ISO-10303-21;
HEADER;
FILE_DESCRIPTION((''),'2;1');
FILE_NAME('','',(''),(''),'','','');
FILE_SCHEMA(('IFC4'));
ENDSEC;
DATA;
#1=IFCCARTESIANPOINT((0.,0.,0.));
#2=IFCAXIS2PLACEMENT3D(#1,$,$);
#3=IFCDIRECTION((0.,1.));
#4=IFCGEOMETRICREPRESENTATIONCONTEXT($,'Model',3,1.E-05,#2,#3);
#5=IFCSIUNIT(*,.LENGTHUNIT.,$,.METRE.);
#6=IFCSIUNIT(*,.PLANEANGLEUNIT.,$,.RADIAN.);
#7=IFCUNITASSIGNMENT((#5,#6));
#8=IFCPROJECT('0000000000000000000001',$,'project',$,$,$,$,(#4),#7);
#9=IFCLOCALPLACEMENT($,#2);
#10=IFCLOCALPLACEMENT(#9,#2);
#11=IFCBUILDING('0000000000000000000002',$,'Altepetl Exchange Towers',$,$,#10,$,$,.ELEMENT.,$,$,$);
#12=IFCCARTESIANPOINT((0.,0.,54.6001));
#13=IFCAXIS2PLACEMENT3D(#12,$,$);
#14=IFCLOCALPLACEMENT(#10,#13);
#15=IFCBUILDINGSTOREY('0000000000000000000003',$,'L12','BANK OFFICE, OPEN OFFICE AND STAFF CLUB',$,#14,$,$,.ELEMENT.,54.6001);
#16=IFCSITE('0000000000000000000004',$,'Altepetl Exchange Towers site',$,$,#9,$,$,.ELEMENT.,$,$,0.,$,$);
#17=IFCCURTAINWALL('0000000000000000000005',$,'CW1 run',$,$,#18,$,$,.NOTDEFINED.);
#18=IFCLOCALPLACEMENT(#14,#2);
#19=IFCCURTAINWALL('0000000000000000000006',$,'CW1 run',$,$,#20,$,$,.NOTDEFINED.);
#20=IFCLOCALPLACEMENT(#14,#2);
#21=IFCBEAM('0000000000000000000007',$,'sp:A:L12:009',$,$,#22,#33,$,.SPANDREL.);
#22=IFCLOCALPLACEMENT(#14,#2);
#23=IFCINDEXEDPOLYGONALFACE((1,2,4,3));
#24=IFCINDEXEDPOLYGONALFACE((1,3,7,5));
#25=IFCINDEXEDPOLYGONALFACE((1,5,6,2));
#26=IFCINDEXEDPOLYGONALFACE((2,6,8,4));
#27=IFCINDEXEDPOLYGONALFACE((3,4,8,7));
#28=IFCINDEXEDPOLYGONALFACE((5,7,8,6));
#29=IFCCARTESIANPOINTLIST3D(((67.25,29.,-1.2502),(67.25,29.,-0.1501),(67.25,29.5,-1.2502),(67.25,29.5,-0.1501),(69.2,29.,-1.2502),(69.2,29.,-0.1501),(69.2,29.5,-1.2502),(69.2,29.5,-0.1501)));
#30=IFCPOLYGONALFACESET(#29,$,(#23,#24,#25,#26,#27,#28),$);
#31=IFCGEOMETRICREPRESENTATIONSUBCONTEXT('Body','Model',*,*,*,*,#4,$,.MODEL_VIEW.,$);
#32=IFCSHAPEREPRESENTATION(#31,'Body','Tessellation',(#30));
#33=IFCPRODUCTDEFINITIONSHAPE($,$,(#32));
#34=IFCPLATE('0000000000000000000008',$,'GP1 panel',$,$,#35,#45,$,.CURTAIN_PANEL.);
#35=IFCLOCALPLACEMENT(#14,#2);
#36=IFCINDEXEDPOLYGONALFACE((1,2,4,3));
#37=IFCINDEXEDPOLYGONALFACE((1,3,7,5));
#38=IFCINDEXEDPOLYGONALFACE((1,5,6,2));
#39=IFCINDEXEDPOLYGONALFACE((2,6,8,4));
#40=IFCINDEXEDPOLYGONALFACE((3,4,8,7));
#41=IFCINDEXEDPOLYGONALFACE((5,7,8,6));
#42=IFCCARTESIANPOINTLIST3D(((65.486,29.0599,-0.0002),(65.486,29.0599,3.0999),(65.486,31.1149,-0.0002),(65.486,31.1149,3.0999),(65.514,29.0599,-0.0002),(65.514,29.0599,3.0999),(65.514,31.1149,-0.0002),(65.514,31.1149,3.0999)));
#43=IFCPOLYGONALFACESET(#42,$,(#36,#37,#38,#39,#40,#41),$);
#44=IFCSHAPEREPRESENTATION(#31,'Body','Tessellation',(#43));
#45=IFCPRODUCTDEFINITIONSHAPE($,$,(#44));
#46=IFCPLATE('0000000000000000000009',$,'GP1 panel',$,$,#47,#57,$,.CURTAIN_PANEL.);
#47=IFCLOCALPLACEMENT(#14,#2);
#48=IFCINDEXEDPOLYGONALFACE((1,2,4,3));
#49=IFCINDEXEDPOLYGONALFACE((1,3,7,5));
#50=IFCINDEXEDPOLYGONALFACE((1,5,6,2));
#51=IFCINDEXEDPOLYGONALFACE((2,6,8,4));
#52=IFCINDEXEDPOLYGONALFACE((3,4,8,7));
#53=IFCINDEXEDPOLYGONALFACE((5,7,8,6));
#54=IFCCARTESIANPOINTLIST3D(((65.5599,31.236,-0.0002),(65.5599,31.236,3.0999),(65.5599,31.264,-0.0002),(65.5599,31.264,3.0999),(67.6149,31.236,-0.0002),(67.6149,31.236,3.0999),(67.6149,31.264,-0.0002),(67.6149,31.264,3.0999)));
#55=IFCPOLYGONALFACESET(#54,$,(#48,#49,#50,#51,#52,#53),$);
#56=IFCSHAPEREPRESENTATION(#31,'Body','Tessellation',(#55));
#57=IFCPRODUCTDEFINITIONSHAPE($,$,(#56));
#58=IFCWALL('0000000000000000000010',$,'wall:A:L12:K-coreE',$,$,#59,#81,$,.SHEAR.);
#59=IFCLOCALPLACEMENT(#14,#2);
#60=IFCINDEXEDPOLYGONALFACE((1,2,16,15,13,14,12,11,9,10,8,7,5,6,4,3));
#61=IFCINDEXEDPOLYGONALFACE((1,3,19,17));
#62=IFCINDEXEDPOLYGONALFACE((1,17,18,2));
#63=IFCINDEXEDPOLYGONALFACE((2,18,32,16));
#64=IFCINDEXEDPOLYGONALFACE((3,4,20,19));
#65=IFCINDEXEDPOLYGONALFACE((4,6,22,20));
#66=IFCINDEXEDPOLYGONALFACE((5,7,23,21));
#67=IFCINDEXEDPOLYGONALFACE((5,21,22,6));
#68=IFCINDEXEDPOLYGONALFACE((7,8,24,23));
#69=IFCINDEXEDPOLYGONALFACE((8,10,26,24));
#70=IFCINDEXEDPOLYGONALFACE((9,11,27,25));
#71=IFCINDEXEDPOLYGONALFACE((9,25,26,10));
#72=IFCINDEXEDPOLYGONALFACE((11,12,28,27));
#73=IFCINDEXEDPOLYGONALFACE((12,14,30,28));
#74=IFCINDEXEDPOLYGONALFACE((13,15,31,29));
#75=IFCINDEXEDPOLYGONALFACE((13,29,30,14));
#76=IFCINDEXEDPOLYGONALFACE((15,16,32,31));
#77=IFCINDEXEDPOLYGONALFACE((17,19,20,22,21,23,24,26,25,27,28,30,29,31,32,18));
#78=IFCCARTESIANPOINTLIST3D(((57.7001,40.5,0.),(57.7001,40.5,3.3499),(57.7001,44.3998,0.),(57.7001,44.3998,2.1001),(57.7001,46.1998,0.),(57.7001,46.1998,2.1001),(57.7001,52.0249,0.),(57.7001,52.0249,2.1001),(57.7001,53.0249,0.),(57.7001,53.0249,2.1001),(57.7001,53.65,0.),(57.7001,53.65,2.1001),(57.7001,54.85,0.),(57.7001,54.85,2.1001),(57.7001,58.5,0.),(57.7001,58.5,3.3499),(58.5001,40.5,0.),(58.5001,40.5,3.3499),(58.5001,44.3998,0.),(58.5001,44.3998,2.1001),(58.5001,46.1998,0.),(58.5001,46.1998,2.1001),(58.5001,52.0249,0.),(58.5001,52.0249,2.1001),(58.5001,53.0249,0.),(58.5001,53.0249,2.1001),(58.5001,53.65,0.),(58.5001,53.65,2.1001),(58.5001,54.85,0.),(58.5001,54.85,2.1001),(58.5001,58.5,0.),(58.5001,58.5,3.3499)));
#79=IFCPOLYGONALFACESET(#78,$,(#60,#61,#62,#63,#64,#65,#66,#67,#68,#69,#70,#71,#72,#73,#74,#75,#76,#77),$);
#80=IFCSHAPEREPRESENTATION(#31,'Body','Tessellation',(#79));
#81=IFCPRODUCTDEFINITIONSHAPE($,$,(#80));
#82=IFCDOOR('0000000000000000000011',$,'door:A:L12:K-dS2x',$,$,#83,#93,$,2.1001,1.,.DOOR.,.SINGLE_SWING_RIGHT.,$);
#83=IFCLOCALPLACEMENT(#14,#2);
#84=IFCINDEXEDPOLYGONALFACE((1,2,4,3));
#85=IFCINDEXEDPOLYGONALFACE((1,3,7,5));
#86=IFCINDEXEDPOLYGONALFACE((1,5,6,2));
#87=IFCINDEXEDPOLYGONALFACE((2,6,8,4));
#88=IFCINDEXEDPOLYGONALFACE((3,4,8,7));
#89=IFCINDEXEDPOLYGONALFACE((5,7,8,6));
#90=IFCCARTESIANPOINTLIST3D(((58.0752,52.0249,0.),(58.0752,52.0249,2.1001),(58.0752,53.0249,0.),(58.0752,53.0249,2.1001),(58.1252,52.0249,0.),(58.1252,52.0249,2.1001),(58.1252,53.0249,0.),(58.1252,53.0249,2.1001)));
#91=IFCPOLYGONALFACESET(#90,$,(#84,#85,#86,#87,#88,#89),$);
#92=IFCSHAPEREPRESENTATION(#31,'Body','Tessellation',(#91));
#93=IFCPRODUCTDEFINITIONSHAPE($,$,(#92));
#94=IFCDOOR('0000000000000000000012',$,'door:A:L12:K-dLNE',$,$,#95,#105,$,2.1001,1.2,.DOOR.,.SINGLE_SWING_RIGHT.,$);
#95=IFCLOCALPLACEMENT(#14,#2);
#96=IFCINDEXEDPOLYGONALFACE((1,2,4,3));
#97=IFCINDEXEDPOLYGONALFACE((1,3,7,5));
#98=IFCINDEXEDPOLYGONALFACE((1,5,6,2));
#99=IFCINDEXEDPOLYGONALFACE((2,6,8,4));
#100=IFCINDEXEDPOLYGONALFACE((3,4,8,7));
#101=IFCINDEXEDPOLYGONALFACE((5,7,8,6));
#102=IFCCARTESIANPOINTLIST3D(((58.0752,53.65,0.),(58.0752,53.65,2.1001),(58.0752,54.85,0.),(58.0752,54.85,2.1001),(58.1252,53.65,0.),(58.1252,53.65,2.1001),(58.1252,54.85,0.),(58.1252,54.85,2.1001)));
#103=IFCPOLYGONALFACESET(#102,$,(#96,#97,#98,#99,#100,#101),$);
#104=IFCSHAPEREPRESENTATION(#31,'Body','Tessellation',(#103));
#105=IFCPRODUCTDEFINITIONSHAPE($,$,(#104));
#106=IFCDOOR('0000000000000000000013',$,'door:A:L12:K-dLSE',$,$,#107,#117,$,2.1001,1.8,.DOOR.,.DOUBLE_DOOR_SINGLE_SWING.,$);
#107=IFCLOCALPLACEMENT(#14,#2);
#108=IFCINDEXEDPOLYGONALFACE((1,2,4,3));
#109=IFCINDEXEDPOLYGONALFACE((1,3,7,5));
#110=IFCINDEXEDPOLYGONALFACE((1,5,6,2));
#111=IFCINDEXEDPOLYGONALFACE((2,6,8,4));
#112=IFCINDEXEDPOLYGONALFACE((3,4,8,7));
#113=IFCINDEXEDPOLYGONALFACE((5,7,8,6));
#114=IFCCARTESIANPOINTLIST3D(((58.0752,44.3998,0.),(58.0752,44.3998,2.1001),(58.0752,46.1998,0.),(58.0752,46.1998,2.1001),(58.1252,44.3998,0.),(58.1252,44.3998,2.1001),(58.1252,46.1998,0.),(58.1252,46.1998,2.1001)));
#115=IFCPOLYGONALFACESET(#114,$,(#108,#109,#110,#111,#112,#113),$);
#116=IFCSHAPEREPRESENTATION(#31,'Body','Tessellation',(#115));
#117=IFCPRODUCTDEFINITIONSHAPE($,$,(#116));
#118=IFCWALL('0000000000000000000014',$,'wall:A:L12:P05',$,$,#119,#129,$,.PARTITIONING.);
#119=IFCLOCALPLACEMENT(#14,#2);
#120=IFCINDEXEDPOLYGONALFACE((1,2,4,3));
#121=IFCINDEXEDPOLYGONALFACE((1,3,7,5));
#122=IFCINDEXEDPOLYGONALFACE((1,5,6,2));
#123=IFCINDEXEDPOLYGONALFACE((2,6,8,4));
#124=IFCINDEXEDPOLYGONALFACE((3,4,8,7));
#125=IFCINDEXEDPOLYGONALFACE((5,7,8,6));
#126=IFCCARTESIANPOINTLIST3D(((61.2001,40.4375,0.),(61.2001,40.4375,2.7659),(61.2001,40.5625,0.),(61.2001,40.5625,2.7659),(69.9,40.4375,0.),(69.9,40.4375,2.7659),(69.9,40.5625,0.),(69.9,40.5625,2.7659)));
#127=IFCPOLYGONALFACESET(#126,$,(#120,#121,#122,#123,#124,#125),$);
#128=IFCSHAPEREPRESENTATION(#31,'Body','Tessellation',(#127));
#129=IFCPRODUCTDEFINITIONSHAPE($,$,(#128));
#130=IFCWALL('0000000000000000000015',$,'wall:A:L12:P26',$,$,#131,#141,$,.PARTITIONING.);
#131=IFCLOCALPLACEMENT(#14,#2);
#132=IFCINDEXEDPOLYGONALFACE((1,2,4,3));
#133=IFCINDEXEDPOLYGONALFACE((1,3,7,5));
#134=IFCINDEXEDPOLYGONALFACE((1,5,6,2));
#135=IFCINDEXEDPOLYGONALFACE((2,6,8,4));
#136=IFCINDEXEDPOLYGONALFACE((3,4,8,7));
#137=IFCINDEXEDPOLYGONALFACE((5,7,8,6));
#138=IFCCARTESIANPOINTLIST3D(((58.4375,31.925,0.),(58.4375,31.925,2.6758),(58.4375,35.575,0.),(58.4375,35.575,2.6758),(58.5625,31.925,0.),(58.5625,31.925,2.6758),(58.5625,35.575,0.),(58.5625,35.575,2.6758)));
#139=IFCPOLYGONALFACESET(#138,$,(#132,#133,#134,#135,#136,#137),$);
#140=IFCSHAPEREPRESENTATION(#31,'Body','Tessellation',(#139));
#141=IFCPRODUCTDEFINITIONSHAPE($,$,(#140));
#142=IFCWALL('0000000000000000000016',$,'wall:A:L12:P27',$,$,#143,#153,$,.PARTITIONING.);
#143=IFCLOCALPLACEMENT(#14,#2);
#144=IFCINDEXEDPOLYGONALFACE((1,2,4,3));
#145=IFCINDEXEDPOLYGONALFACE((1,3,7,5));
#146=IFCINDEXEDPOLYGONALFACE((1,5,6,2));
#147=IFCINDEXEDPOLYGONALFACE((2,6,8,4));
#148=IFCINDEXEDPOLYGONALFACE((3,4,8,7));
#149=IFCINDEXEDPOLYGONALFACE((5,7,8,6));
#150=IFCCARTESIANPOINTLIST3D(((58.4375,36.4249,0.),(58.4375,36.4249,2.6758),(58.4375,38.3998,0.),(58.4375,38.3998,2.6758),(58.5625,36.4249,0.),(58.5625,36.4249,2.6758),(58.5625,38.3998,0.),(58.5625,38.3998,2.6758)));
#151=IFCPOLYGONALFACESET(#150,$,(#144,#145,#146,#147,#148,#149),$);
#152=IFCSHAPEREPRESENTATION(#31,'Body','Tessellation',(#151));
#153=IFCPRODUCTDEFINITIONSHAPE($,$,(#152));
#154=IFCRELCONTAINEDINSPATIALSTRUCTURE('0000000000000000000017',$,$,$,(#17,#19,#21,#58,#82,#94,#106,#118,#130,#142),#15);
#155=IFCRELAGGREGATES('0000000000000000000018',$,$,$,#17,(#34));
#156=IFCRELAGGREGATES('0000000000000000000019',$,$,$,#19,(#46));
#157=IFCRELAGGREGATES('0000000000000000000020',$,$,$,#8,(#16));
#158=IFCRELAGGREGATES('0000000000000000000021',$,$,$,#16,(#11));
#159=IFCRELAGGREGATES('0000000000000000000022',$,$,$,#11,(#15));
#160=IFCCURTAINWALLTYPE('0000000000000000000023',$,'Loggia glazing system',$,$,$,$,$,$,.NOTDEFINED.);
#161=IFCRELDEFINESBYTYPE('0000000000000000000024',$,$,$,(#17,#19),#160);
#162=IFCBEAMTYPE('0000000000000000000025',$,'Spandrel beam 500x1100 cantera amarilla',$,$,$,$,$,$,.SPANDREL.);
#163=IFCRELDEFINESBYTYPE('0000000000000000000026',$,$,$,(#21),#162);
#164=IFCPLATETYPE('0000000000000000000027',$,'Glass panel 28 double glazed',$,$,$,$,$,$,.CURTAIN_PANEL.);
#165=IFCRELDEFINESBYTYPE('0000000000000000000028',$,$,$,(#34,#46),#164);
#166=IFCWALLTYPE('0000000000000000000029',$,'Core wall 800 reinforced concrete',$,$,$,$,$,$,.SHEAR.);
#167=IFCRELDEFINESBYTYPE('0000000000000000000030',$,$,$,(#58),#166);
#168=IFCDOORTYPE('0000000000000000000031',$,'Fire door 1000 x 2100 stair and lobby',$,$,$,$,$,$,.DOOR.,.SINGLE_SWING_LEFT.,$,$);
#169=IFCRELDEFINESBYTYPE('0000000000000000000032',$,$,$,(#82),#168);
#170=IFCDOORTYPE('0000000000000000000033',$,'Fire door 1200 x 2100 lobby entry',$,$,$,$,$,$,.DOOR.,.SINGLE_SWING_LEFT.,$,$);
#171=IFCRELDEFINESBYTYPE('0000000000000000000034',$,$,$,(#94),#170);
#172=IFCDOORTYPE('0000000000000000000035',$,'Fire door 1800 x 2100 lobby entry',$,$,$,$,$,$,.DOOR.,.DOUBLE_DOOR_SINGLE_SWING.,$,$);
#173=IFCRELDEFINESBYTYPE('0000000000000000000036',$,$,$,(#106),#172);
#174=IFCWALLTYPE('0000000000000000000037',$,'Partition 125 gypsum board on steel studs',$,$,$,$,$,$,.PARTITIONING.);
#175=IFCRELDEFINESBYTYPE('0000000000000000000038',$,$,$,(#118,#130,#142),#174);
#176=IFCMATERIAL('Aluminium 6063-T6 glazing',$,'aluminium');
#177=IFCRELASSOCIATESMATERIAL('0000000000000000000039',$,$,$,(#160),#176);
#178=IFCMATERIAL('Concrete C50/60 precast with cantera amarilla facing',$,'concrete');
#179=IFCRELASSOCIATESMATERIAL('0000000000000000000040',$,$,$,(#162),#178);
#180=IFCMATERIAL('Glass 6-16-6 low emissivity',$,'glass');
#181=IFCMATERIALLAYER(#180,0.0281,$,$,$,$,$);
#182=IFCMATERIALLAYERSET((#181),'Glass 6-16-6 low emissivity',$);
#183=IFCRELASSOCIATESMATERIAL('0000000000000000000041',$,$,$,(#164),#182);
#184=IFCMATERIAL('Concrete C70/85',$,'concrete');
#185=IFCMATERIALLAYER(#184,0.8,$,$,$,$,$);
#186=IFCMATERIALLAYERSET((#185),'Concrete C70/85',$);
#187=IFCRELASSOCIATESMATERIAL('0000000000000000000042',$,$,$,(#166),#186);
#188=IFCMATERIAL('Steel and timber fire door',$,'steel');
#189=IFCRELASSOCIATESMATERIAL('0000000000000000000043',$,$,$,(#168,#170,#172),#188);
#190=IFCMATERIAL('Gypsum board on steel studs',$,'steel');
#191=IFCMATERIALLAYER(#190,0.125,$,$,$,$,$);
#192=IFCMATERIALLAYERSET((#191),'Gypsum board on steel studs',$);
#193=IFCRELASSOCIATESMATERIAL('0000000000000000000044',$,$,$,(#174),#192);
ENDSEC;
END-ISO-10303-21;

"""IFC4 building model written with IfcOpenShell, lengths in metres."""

from ifc_helpers import new_model, si_unit, direction, frame, frame_2d, origin, origin_2d, place, context, subcontext, project, spatial, rectangle, extrude, material, layer, layer_set, material_profile, profile_set, type_object, element, fill, aggregate, save


model = new_model("IFC4")

# Units and contexts
model_context = context("Model", 3, precision=1e-05, world=origin(), true_north=direction((0.0, 1.0)))
body_context = subcontext(model_context, "Body", "Model", "MODEL_VIEW")
ifc_project = project(units=[si_unit("LENGTHUNIT", "METRE"), si_unit("PLANEANGLEUNIT", "RADIAN")], contexts=[model_context])

# Site, building, storey
site_placement = place(None, origin())
site = spatial("IfcSite", under=ifc_project, at=site_placement, Name="Altepetl Exchange Towers site", CompositionType="ELEMENT", RefElevation=0.0)
building_placement = place(site_placement, origin())
building = spatial("IfcBuilding", under=site, at=building_placement, Name="Altepetl Exchange Towers", CompositionType="ELEMENT")
storey_placement = place(building_placement, frame((0.0, 0.0, 54.6001)))
storey = spatial("IfcBuildingStorey", under=building, at=storey_placement, Name="L12", Description="BANK OFFICE, OPEN OFFICE AND STAFF CLUB", CompositionType="ELEMENT", Elevation=54.6001)

# Shared definitions
ifc_material_1 = material(Name="Concrete C70/85", Category="concrete")

# Curtain walls
ifc_material_2 = material(Name="Aluminium 6063-T6 glazing", Category="aluminium")
curtain_wall_type = type_object("IfcCurtainWallType", Name="Loggia glazing system", PredefinedType="NOTDEFINED", material=ifc_material_2)
curtain_wall_1_placement = place(storey_placement, origin())
curtain_wall_1 = element("IfcCurtainWall", 1, at=curtain_wall_1_placement, inside=storey, type_object=curtain_wall_type, Name="CW1 run", PredefinedType="NOTDEFINED")
curtain_wall_2_placement = place(storey_placement, origin())
curtain_wall_2 = element("IfcCurtainWall", 2, at=curtain_wall_2_placement, inside=storey, type_object=curtain_wall_type, Name="CW1 run", PredefinedType="NOTDEFINED")

# Beam
ifc_material_3 = material(Name="Concrete C50/60 precast with cantera amarilla facing", Category="concrete")
ifc_material_profile_1 = material_profile(ifc_material_3, rectangle(XDim=0.5, YDim=1.1001, at=origin_2d()), Name="500 x 1100")
ifc_profile_set_1 = profile_set([ifc_material_profile_1], Name="Concrete C50/60 precast with cantera amarilla facing")
beam_type_1 = type_object("IfcBeamType", Name="Spandrel beam 500x1100 cantera amarilla", PredefinedType="SPANDREL", material=ifc_profile_set_1)
beam_1_placement = place(storey_placement, frame((67.25, 29.25, -0.7002), z_axis=(1.0, 0.0, 0.0), x_axis=(0.0, 1.0, 0.0)))
element("IfcBeam", 3, at=beam_1_placement, inside=storey, type_object=beam_type_1, Name="sp:A:L12:009", PredefinedType="SPANDREL", context=body_context, shape_type="SweptSolid", body=[
    extrude(rectangle(XDim=0.5, YDim=1.1001, at=origin_2d()), origin(), (0.0, 0.0, 1.0), 1.95),
])

# Plates
ifc_material_4 = material(Name="Glass 6-16-6 low emissivity", Category="glass")
ifc_layer_1 = layer(ifc_material_4, 0.0281)
ifc_layer_set_1 = layer_set([ifc_layer_1], Name="Glass 6-16-6 low emissivity")
plate_type = type_object("IfcPlateType", Name="Glass panel 28 double glazed", PredefinedType="CURTAIN_PANEL", material=ifc_layer_set_1)
plate_1_placement = place(storey_placement, frame((65.5, 30.0874, -0.0002), z_axis=(0.0, 0.0, 1.0), x_axis=(0.0, 1.0, 0.0)))
plate_1 = element("IfcPlate", 4, at=plate_1_placement, type_object=plate_type, Name="GP1 panel", PredefinedType="CURTAIN_PANEL", context=body_context, shape_type="SweptSolid", body=[
    extrude(rectangle(XDim=2.0549, YDim=0.0281, at=origin_2d()), origin(), (0.0, 0.0, 1.0), 3.1001),
])
aggregate(curtain_wall_1, [plate_1])
plate_2_placement = place(storey_placement, frame((66.5874, 31.25, -0.0002)))
plate_2 = element("IfcPlate", 5, at=plate_2_placement, type_object=plate_type, Name="GP1 panel", PredefinedType="CURTAIN_PANEL", context=body_context, shape_type="SweptSolid", body=[
    extrude(rectangle(XDim=2.0549, YDim=0.0281, at=origin_2d()), origin(), (0.0, 0.0, 1.0), 3.1001),
])
aggregate(curtain_wall_2, [plate_2])

# Wall, openings, doors
ifc_layer_2 = layer(ifc_material_1, 0.8)
ifc_layer_set_2 = layer_set([ifc_layer_2], Name="Concrete C70/85")
wall_type_1 = type_object("IfcWallType", Name="Core wall 800 reinforced concrete", PredefinedType="SHEAR", material=ifc_layer_set_2)
wall_1_placement = place(storey_placement, frame((58.1001, 40.5, 0.0), z_axis=(0.0, 0.0, 1.0), x_axis=(0.0, 1.0, 0.0)))
wall_1 = element("IfcWall", 6, at=wall_1_placement, inside=storey, type_object=wall_type_1, Name="wall:A:L12:K-coreE", PredefinedType="SHEAR", context=body_context, shape_type="SweptSolid", body=[
    extrude(rectangle(XDim=18.0, YDim=0.8, at=frame_2d((9.0, 0.0))), origin(), (0.0, 0.0, 1.0), 3.3499),
])
opening_1_placement = place(wall_1_placement, frame((13.1499, 0.0, 0.0)))
opening_1 = element("IfcOpeningElement", 7, at=opening_1_placement, cuts=wall_1, PredefinedType="OPENING", context=body_context, shape_type="SweptSolid", body=[
    extrude(rectangle(XDim=1.2, YDim=2.1001, at=frame_2d((0.6001, 1.05))), frame((0.0, 0.4102, 0.0), z_axis=(0.0, -1.0, 0.0), x_axis=(1.0, 0.0, 0.0)), (0.0, 0.0, 1.0), 0.8201),
])
opening_2_placement = place(wall_1_placement, frame((3.8999, 0.0, 0.0)))
opening_2 = element("IfcOpeningElement", 8, at=opening_2_placement, cuts=wall_1, PredefinedType="OPENING", context=body_context, shape_type="SweptSolid", body=[
    extrude(rectangle(XDim=1.8, YDim=2.1001, at=frame_2d((0.8999, 1.05))), frame((0.0, 0.4102, 0.0), z_axis=(0.0, -1.0, 0.0), x_axis=(1.0, 0.0, 0.0)), (0.0, 0.0, 1.0), 0.8201),
])
opening_3_placement = place(wall_1_placement, frame((11.5249, 0.0, 0.0)))
opening_3 = element("IfcOpeningElement", 9, at=opening_3_placement, cuts=wall_1, PredefinedType="OPENING", context=body_context, shape_type="SweptSolid", body=[
    extrude(rectangle(XDim=1.0, YDim=2.1001, at=frame_2d((0.5, 1.05))), frame((0.0, 0.4102, 0.0), z_axis=(0.0, -1.0, 0.0), x_axis=(1.0, 0.0, 0.0)), (0.0, 0.0, 1.0), 0.8201),
])
ifc_material_5 = material(Name="Steel and timber fire door", Category="steel")
door_type_1 = type_object("IfcDoorType", Name="Fire door 1000 x 2100 stair and lobby", OperationType="SINGLE_SWING_LEFT", PredefinedType="DOOR", material=ifc_material_5)
door_1_placement = place(opening_3_placement, origin())
door_1 = element("IfcDoor", 10, at=door_1_placement, inside=storey, type_object=door_type_1, Name="door:A:L12:K-dS2x", OperationType="SINGLE_SWING_RIGHT", OverallHeight=2.1001, OverallWidth=1.0, PredefinedType="DOOR", context=body_context, shape_type="SweptSolid", body=[
    extrude(rectangle(XDim=1.0, YDim=2.1001, at=frame_2d((0.5, 1.05))), frame((0.0, 0.0249, 0.0), z_axis=(0.0, -1.0, 0.0), x_axis=(1.0, 0.0, 0.0)), (0.0, 0.0, 1.0), 0.05),
])
fill(opening_3, door_1)
door_type_2 = type_object("IfcDoorType", Name="Fire door 1200 x 2100 lobby entry", OperationType="SINGLE_SWING_LEFT", PredefinedType="DOOR", material=ifc_material_5)
door_2_placement = place(opening_1_placement, origin())
door_2 = element("IfcDoor", 11, at=door_2_placement, inside=storey, type_object=door_type_2, Name="door:A:L12:K-dLNE", OperationType="SINGLE_SWING_RIGHT", OverallHeight=2.1001, OverallWidth=1.2, PredefinedType="DOOR", context=body_context, shape_type="SweptSolid", body=[
    extrude(rectangle(XDim=1.2, YDim=2.1001, at=frame_2d((0.6001, 1.05))), frame((0.0, 0.0249, 0.0), z_axis=(0.0, -1.0, 0.0), x_axis=(1.0, 0.0, 0.0)), (0.0, 0.0, 1.0), 0.05),
])
fill(opening_1, door_2)
door_type_3 = type_object("IfcDoorType", Name="Fire door 1800 x 2100 lobby entry", OperationType="DOUBLE_DOOR_SINGLE_SWING", PredefinedType="DOOR", material=ifc_material_5)
door_3_placement = place(opening_2_placement, origin())
door_3 = element("IfcDoor", 12, at=door_3_placement, inside=storey, type_object=door_type_3, Name="door:A:L12:K-dLSE", OperationType="DOUBLE_DOOR_SINGLE_SWING", OverallHeight=2.1001, OverallWidth=1.8, PredefinedType="DOOR", context=body_context, shape_type="SweptSolid", body=[
    extrude(rectangle(XDim=1.8, YDim=2.1001, at=frame_2d((0.8999, 1.05))), frame((0.0, 0.0249, 0.0), z_axis=(0.0, -1.0, 0.0), x_axis=(1.0, 0.0, 0.0)), (0.0, 0.0, 1.0), 0.05),
])
fill(opening_2, door_3)

# Walls
ifc_material_6 = material(Name="Gypsum board on steel studs", Category="steel")
ifc_layer_3 = layer(ifc_material_6, 0.125)
ifc_layer_set_3 = layer_set([ifc_layer_3], Name="Gypsum board on steel studs")
wall_type_2 = type_object("IfcWallType", Name="Partition 125 gypsum board on steel studs", PredefinedType="PARTITIONING", material=ifc_layer_set_3)
wall_2_placement = place(storey_placement, frame((61.2, 40.5, 0.0)))
element("IfcWall", 13, at=wall_2_placement, inside=storey, type_object=wall_type_2, Name="wall:A:L12:P05", PredefinedType="PARTITIONING", context=body_context, shape_type="SweptSolid", body=[
    extrude(rectangle(XDim=8.7, YDim=0.125, at=frame_2d((4.3501, 0.0))), origin(), (0.0, 0.0, 1.0), 2.7659),
])
wall_3_placement = place(storey_placement, frame((58.5, 31.925, 0.0), z_axis=(0.0, 0.0, 1.0), x_axis=(0.0, 1.0, 0.0)))
element("IfcWall", 14, at=wall_3_placement, inside=storey, type_object=wall_type_2, Name="wall:A:L12:P26", PredefinedType="PARTITIONING", context=body_context, shape_type="SweptSolid", body=[
    extrude(rectangle(XDim=3.6499, YDim=0.125, at=frame_2d((1.825, 0.0))), origin(), (0.0, 0.0, 1.0), 2.6758),
])
wall_4_placement = place(storey_placement, frame((58.5, 36.425, 0.0), z_axis=(0.0, 0.0, 1.0), x_axis=(0.0, 1.0, 0.0)))
element("IfcWall", 15, at=wall_4_placement, inside=storey, type_object=wall_type_2, Name="wall:A:L12:P27", PredefinedType="PARTITIONING", context=body_context, shape_type="SweptSolid", body=[
    extrude(rectangle(XDim=1.9749, YDim=0.125, at=frame_2d((0.9873, 0.0))), origin(), (0.0, 0.0, 1.0), 2.6758),
])

save(model, "model.ifc")
